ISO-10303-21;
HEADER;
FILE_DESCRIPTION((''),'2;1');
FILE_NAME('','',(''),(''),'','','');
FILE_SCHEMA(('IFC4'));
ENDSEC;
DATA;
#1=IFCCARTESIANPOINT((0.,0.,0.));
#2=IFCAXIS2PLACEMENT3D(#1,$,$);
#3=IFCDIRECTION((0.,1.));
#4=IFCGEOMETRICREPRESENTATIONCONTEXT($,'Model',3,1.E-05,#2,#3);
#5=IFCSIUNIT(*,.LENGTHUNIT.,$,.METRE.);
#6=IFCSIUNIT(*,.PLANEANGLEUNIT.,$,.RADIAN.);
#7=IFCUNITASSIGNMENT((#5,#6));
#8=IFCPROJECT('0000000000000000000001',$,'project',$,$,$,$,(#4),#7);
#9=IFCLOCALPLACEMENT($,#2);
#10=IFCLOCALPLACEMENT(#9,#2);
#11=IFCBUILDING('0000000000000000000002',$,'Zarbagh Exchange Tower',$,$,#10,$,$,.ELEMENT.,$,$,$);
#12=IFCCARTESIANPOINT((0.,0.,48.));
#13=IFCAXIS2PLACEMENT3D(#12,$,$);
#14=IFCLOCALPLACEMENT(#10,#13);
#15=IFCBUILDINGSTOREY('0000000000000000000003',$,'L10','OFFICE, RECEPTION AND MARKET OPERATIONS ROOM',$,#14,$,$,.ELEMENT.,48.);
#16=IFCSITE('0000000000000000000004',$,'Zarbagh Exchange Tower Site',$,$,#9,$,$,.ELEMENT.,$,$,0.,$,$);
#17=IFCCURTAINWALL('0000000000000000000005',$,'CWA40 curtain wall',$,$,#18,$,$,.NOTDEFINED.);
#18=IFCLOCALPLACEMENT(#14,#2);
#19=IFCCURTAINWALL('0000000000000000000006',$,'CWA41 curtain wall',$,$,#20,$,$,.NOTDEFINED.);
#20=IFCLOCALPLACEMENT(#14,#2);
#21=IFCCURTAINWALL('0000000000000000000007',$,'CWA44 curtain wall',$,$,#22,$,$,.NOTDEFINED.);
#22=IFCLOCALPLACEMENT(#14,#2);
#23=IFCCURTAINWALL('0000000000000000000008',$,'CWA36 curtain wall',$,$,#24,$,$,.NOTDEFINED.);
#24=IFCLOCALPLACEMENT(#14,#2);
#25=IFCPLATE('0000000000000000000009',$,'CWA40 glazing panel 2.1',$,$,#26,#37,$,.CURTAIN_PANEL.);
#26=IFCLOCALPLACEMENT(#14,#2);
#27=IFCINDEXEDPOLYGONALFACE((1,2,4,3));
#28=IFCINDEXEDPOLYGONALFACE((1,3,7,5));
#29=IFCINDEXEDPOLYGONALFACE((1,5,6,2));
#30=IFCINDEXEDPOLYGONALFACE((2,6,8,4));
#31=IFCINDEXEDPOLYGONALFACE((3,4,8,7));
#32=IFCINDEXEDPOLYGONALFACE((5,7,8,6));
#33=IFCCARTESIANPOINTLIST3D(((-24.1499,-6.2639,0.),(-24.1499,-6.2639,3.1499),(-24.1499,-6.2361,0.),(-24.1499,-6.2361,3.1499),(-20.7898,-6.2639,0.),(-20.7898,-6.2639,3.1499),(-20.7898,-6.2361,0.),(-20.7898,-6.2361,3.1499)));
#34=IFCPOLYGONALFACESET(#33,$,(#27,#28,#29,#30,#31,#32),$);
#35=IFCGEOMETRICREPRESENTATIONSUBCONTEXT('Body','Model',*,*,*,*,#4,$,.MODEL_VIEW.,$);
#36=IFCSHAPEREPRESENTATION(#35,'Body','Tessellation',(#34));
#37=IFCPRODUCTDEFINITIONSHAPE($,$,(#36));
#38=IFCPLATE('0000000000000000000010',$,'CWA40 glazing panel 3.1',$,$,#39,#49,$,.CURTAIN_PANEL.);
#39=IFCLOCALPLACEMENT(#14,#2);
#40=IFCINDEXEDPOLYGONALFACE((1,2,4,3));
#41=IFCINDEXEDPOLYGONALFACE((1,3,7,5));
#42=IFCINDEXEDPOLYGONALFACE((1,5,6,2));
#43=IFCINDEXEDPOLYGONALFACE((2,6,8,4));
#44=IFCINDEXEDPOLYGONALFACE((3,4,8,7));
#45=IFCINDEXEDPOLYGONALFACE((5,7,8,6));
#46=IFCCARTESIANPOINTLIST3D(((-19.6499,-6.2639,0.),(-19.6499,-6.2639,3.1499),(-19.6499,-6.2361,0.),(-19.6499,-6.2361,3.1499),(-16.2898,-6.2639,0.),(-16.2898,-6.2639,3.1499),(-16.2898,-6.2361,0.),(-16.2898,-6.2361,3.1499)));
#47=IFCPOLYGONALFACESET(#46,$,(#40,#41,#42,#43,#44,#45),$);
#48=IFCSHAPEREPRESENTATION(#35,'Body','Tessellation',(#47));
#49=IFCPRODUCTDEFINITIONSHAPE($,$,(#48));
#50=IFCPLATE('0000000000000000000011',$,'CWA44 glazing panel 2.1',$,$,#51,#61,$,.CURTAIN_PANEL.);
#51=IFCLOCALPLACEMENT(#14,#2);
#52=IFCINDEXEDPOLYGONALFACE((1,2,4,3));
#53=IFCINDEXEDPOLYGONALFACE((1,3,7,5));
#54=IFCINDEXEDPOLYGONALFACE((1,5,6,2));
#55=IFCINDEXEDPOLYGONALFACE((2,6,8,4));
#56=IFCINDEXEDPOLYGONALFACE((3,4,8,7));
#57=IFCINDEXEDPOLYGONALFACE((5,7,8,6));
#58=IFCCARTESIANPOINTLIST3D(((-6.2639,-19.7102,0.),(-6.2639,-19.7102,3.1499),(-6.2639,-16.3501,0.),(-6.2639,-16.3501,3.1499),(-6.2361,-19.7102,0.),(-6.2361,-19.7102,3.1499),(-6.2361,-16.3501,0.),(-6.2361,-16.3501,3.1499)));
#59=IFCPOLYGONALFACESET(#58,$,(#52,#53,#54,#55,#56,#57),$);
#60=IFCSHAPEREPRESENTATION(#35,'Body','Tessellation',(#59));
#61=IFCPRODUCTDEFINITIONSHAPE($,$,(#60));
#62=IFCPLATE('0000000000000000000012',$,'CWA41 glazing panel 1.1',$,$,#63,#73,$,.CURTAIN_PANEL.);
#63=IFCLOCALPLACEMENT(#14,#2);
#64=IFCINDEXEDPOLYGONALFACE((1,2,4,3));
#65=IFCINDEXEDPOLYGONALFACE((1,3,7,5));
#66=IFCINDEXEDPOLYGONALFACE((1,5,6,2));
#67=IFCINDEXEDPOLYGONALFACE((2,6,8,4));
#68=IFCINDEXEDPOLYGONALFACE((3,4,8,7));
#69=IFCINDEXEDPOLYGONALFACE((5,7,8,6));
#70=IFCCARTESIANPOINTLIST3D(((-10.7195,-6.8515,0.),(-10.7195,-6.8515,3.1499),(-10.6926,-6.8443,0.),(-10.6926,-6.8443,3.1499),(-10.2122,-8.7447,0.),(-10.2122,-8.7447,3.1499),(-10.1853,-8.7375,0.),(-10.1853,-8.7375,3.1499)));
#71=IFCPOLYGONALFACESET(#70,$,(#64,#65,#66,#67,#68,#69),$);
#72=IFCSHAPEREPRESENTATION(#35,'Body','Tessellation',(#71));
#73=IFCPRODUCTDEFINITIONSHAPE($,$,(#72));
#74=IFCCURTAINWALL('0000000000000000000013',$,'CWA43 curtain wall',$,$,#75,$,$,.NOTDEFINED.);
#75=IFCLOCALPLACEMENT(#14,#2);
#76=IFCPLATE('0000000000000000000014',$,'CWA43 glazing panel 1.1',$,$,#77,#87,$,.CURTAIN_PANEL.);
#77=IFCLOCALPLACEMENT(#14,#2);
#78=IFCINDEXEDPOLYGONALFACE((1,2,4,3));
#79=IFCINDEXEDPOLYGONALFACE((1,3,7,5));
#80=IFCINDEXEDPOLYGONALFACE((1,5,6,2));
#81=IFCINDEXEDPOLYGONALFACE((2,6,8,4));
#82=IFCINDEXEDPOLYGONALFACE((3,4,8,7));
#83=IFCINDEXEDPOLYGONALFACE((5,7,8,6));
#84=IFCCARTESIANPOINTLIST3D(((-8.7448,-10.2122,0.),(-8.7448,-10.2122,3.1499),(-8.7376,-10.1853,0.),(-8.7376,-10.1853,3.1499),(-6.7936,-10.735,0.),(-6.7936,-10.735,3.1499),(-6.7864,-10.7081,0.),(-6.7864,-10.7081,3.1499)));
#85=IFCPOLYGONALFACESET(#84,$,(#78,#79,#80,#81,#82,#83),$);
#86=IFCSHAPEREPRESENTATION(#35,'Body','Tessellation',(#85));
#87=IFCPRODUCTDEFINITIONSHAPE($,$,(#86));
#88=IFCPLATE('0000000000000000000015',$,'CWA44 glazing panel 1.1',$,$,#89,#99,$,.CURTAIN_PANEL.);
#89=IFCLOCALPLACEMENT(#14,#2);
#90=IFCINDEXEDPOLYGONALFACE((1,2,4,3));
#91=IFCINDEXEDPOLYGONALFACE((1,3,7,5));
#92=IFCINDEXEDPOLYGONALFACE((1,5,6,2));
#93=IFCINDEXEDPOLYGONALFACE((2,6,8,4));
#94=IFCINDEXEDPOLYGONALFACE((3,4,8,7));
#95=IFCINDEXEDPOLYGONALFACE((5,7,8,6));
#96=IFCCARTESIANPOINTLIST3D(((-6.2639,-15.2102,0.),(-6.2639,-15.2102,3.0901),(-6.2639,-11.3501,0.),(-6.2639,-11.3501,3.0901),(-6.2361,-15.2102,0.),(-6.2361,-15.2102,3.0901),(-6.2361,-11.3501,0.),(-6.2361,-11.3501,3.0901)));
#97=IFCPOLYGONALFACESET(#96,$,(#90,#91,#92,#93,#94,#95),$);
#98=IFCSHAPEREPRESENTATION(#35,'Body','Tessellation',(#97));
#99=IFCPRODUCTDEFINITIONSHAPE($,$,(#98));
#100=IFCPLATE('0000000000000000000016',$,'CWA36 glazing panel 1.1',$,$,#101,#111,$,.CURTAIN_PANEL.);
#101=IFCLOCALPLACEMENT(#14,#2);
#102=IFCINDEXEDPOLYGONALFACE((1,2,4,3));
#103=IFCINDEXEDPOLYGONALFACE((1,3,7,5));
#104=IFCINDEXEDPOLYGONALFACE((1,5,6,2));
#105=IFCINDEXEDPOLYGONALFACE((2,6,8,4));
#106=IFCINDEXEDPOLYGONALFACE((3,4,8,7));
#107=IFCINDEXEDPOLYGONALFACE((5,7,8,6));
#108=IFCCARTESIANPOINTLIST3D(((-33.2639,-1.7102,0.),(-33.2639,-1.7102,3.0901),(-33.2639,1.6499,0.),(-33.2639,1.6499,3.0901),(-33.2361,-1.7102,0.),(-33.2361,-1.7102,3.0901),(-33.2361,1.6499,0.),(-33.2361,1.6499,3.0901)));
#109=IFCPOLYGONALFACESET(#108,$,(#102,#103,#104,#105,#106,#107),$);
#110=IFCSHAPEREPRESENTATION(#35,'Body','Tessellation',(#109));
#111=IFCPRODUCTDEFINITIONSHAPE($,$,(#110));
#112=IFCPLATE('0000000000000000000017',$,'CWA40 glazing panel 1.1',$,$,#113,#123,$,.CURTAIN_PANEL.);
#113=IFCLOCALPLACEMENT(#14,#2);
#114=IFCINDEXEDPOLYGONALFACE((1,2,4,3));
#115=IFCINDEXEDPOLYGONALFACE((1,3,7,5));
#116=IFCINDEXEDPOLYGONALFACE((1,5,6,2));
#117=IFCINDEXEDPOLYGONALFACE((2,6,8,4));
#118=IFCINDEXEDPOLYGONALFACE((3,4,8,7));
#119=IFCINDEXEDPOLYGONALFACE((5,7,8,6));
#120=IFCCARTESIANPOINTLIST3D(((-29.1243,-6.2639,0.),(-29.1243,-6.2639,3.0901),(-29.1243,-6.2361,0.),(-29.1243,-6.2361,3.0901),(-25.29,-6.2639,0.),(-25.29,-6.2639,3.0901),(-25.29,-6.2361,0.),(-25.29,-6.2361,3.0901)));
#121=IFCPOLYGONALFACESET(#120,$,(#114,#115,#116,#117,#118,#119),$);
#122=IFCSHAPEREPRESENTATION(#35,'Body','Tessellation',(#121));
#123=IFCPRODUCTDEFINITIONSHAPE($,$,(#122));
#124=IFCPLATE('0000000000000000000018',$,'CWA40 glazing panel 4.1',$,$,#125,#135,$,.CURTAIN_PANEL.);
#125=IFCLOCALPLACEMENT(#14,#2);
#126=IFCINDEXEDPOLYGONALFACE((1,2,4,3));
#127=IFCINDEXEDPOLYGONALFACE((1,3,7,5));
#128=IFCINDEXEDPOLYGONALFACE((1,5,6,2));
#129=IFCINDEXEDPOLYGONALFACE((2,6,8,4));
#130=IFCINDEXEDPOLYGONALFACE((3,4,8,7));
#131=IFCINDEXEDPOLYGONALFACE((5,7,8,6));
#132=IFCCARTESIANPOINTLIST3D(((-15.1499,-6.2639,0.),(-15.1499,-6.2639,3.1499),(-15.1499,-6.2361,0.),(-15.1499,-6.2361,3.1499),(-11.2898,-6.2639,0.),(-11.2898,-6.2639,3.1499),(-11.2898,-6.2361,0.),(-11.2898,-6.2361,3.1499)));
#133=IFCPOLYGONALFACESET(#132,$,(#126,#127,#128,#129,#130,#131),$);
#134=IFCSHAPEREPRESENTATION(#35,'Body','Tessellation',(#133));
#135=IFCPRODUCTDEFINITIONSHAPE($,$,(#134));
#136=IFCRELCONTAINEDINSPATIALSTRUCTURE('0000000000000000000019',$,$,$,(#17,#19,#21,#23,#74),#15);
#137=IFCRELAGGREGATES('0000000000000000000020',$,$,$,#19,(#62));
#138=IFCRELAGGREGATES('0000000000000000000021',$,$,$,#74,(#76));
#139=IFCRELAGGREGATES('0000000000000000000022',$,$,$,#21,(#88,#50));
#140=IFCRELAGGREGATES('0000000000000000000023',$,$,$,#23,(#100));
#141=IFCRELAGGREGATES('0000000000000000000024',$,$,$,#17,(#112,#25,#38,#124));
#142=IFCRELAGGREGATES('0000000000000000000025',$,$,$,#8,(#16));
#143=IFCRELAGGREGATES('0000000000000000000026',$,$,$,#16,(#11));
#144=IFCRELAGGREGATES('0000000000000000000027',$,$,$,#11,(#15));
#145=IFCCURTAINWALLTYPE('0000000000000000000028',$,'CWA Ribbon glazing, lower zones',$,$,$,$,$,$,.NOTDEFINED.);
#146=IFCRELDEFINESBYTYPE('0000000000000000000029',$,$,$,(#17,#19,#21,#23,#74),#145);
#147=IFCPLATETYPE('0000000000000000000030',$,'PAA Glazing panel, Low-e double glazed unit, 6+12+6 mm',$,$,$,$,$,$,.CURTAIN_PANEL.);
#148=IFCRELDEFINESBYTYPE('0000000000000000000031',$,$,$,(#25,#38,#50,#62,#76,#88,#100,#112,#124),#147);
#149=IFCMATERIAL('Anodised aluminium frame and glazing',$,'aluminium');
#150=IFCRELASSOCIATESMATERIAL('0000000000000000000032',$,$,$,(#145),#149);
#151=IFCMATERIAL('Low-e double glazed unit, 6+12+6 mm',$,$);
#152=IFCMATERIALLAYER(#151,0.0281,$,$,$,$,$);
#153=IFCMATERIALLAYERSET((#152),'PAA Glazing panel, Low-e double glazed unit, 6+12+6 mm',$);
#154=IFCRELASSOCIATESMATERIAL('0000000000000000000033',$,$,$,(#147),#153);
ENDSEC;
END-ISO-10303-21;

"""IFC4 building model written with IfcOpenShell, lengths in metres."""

from ifc_helpers import new_model, si_unit, direction, frame, origin, place, context, subcontext, project, spatial, polyline, outline, extrude, source, transform, mapped, material, layer, layer_set, type_object, element, aggregate, save


model = new_model("IFC4")

# Units and contexts
model_context = context("Model", 3, precision=1e-05, world=origin(), true_north=direction((0.0, 1.0)))
body_context = subcontext(model_context, "Body", "Model", "MODEL_VIEW")
ifc_project = project(units=[si_unit("LENGTHUNIT", "METRE"), si_unit("PLANEANGLEUNIT", "RADIAN")], contexts=[model_context])

# Site, building, storey
site_placement = place(None, origin())
site = spatial("IfcSite", under=ifc_project, at=site_placement, Name="Zarbagh Exchange Tower Site", CompositionType="ELEMENT", RefElevation=0.0)
building_placement = place(site_placement, origin())
building = spatial("IfcBuilding", under=site, at=building_placement, Name="Zarbagh Exchange Tower", CompositionType="ELEMENT")
storey_placement = place(building_placement, frame((0.0, 0.0, 48.0)))
storey = spatial("IfcBuildingStorey", under=building, at=storey_placement, Name="L10", Description="OFFICE, RECEPTION AND MARKET OPERATIONS ROOM", CompositionType="ELEMENT", Elevation=48.0)

# Shared definitions
ifc_material_1 = material(Name="Anodised aluminium frame and glazing", Category="aluminium")
curtain_wall_type = type_object("IfcCurtainWallType", Name="CWA Ribbon glazing, lower zones", PredefinedType="NOTDEFINED", material=ifc_material_1)
placement = place(storey_placement, origin())

# Curtain wall
curtain_wall_1_placement = place(storey_placement, origin())
curtain_wall_1 = element("IfcCurtainWall", 1, at=curtain_wall_1_placement, inside=storey, type_object=curtain_wall_type, Name="CWA40 curtain wall", PredefinedType="NOTDEFINED")

# Curtain wall
curtain_wall_2_placement = place(storey_placement, origin())
curtain_wall_2 = element("IfcCurtainWall", 2, at=curtain_wall_2_placement, inside=storey, type_object=curtain_wall_type, Name="CWA41 curtain wall", PredefinedType="NOTDEFINED")

# Curtain wall
curtain_wall_3_placement = place(storey_placement, origin())
curtain_wall_3 = element("IfcCurtainWall", 3, at=curtain_wall_3_placement, inside=storey, type_object=curtain_wall_type, Name="CWA44 curtain wall", PredefinedType="NOTDEFINED")

# Curtain wall
curtain_wall_4_placement = place(storey_placement, origin())
curtain_wall_4 = element("IfcCurtainWall", 4, at=curtain_wall_4_placement, inside=storey, type_object=curtain_wall_type, Name="CWA36 curtain wall", PredefinedType="NOTDEFINED")

# Shared definitions
ifc_material_2 = material(Name="Low-e double glazed unit, 6+12+6 mm")
ifc_layer = layer(ifc_material_2, 0.0281)
ifc_layer_set = layer_set([ifc_layer], Name="PAA Glazing panel, Low-e double glazed unit, 6+12+6 mm")
plate_type = type_object("IfcPlateType", Name="PAA Glazing panel, Low-e double glazed unit, 6+12+6 mm", PredefinedType="CURTAIN_PANEL", material=ifc_layer_set)

# Plates
shared_shape_1 = source(origin(), body_context, "Body", "SweptSolid", [
    extrude(outline(polyline([(0.0, -0.0139), (3.3601, -0.0139), (3.3601, 0.0139), (0.0, 0.0139), (0.0, -0.0139)])), origin(), (0.0, 0.0, 1.0), 3.1499),
])
plate_1 = element("IfcPlate", 5, at=placement, type_object=plate_type, Name="CWA40 glazing panel 2.1", PredefinedType="CURTAIN_PANEL", context=body_context, shape_type="MappedRepresentation", body=[
    mapped(shared_shape_1, transform((-24.1499, -6.25, 0.0), x_axis=(1.0, 0.0, 0.0), y_axis=(0.0, 1.0, 0.0), z_axis=(0.0, 0.0, 1.0))),
])
plate_2 = element("IfcPlate", 6, at=placement, type_object=plate_type, Name="CWA40 glazing panel 3.1", PredefinedType="CURTAIN_PANEL", context=body_context, shape_type="MappedRepresentation", body=[
    mapped(shared_shape_1, transform((-19.6499, -6.25, 0.0), x_axis=(1.0, 0.0, 0.0), y_axis=(0.0, 1.0, 0.0), z_axis=(0.0, 0.0, 1.0))),
])
plate_3 = element("IfcPlate", 7, at=placement, type_object=plate_type, Name="CWA44 glazing panel 2.1", PredefinedType="CURTAIN_PANEL", context=body_context, shape_type="MappedRepresentation", body=[
    mapped(shared_shape_1, transform((-6.25, -16.3501, 0.0), x_axis=(0.0, -1.0, 0.0), y_axis=(1.0, 0.0, 0.0), z_axis=(0.0, 0.0, 1.0))),
])
shared_shape_2 = source(origin(), body_context, "Body", "SweptSolid", [
    extrude(outline(polyline([(0.0, -0.0139), (1.96, -0.0139), (1.96, 0.0139), (0.0, 0.0139), (0.0, -0.0139)])), origin(), (0.0, 0.0, 1.0), 3.1499),
])
plate_4 = element("IfcPlate", 8, at=placement, type_object=plate_type, Name="CWA41 glazing panel 1.1", PredefinedType="CURTAIN_PANEL", context=body_context, shape_type="MappedRepresentation", body=[
    mapped(shared_shape_2, transform((-10.7061, -6.8479, 0.0), x_axis=(0.258825, -0.965924, 0.0), y_axis=(0.965924, 0.258825, 0.0), z_axis=(0.0, 0.0, 1.0))),
])
aggregate(curtain_wall_2, [plate_4])

# Curtain wall, plate
curtain_wall_5_placement = place(storey_placement, origin())
curtain_wall_5 = element("IfcCurtainWall", 9, at=curtain_wall_5_placement, inside=storey, type_object=curtain_wall_type, Name="CWA43 curtain wall", PredefinedType="NOTDEFINED")
shared_shape_3 = source(origin(), body_context, "Body", "SweptSolid", [
    extrude(outline(polyline([(0.0, -0.0139), (2.02, -0.0139), (2.02, 0.0139), (0.0, 0.0139), (0.0, -0.0139)])), origin(), (0.0, 0.0, 1.0), 3.1499),
])
plate_5 = element("IfcPlate", 10, at=placement, type_object=plate_type, Name="CWA43 glazing panel 1.1", PredefinedType="CURTAIN_PANEL", context=body_context, shape_type="MappedRepresentation", body=[
    mapped(shared_shape_3, transform((-8.7412, -10.1987, 0.0), x_axis=(0.965924, -0.258825, 0.0), y_axis=(0.258825, 0.965924, 0.0), z_axis=(0.0, 0.0, 1.0))),
])
aggregate(curtain_wall_5, [plate_5])

# Plates
shared_shape_4 = source(origin(), body_context, "Body", "SweptSolid", [
    extrude(outline(polyline([(0.0, -0.0139), (3.8601, -0.0139), (3.8601, 0.0139), (0.0, 0.0139), (0.0, -0.0139)])), origin(), (0.0, 0.0, 1.0), 3.0901),
])
plate_6 = element("IfcPlate", 11, at=placement, type_object=plate_type, Name="CWA44 glazing panel 1.1", PredefinedType="CURTAIN_PANEL", context=body_context, shape_type="MappedRepresentation", body=[
    mapped(shared_shape_4, transform((-6.25, -11.3501, 0.0), x_axis=(0.0, -1.0, 0.0), y_axis=(1.0, 0.0, 0.0), z_axis=(0.0, 0.0, 1.0))),
])
aggregate(curtain_wall_3, [plate_6, plate_3])
shared_shape_5 = source(origin(), body_context, "Body", "SweptSolid", [
    extrude(outline(polyline([(0.0, -0.0139), (3.3601, -0.0139), (3.3601, 0.0139), (0.0, 0.0139), (0.0, -0.0139)])), origin(), (0.0, 0.0, 1.0), 3.0901),
])
plate_7 = element("IfcPlate", 12, at=placement, type_object=plate_type, Name="CWA36 glazing panel 1.1", PredefinedType="CURTAIN_PANEL", context=body_context, shape_type="MappedRepresentation", body=[
    mapped(shared_shape_5, transform((-33.25, 1.6499, 0.0), x_axis=(0.0, -1.0, 0.0), y_axis=(1.0, 0.0, 0.0), z_axis=(0.0, 0.0, 1.0))),
])
aggregate(curtain_wall_4, [plate_7])
shared_shape_6 = source(origin(), body_context, "Body", "SweptSolid", [
    extrude(outline(polyline([(0.0, -0.0139), (3.8342, -0.0139), (3.8342, 0.0139), (0.0, 0.0139), (0.0, -0.0139)])), origin(), (0.0, 0.0, 1.0), 3.0901),
])
plate_8 = element("IfcPlate", 13, at=placement, type_object=plate_type, Name="CWA40 glazing panel 1.1", PredefinedType="CURTAIN_PANEL", context=body_context, shape_type="MappedRepresentation", body=[
    mapped(shared_shape_6, transform((-29.1243, -6.25, 0.0), x_axis=(1.0, 0.0, 0.0), y_axis=(0.0, 1.0, 0.0), z_axis=(0.0, 0.0, 1.0))),
])
shared_shape_7 = source(origin(), body_context, "Body", "SweptSolid", [
    extrude(outline(polyline([(0.0, -0.0139), (3.8601, -0.0139), (3.8601, 0.0139), (0.0, 0.0139), (0.0, -0.0139)])), origin(), (0.0, 0.0, 1.0), 3.1499),
])
plate_9 = element("IfcPlate", 14, at=placement, type_object=plate_type, Name="CWA40 glazing panel 4.1", PredefinedType="CURTAIN_PANEL", context=body_context, shape_type="MappedRepresentation", body=[
    mapped(shared_shape_7, transform((-15.1499, -6.25, 0.0), x_axis=(1.0, 0.0, 0.0), y_axis=(0.0, 1.0, 0.0), z_axis=(0.0, 0.0, 1.0))),
])
aggregate(curtain_wall_1, [plate_8, plate_1, plate_2, plate_9])

save(model, "model.ifc")
